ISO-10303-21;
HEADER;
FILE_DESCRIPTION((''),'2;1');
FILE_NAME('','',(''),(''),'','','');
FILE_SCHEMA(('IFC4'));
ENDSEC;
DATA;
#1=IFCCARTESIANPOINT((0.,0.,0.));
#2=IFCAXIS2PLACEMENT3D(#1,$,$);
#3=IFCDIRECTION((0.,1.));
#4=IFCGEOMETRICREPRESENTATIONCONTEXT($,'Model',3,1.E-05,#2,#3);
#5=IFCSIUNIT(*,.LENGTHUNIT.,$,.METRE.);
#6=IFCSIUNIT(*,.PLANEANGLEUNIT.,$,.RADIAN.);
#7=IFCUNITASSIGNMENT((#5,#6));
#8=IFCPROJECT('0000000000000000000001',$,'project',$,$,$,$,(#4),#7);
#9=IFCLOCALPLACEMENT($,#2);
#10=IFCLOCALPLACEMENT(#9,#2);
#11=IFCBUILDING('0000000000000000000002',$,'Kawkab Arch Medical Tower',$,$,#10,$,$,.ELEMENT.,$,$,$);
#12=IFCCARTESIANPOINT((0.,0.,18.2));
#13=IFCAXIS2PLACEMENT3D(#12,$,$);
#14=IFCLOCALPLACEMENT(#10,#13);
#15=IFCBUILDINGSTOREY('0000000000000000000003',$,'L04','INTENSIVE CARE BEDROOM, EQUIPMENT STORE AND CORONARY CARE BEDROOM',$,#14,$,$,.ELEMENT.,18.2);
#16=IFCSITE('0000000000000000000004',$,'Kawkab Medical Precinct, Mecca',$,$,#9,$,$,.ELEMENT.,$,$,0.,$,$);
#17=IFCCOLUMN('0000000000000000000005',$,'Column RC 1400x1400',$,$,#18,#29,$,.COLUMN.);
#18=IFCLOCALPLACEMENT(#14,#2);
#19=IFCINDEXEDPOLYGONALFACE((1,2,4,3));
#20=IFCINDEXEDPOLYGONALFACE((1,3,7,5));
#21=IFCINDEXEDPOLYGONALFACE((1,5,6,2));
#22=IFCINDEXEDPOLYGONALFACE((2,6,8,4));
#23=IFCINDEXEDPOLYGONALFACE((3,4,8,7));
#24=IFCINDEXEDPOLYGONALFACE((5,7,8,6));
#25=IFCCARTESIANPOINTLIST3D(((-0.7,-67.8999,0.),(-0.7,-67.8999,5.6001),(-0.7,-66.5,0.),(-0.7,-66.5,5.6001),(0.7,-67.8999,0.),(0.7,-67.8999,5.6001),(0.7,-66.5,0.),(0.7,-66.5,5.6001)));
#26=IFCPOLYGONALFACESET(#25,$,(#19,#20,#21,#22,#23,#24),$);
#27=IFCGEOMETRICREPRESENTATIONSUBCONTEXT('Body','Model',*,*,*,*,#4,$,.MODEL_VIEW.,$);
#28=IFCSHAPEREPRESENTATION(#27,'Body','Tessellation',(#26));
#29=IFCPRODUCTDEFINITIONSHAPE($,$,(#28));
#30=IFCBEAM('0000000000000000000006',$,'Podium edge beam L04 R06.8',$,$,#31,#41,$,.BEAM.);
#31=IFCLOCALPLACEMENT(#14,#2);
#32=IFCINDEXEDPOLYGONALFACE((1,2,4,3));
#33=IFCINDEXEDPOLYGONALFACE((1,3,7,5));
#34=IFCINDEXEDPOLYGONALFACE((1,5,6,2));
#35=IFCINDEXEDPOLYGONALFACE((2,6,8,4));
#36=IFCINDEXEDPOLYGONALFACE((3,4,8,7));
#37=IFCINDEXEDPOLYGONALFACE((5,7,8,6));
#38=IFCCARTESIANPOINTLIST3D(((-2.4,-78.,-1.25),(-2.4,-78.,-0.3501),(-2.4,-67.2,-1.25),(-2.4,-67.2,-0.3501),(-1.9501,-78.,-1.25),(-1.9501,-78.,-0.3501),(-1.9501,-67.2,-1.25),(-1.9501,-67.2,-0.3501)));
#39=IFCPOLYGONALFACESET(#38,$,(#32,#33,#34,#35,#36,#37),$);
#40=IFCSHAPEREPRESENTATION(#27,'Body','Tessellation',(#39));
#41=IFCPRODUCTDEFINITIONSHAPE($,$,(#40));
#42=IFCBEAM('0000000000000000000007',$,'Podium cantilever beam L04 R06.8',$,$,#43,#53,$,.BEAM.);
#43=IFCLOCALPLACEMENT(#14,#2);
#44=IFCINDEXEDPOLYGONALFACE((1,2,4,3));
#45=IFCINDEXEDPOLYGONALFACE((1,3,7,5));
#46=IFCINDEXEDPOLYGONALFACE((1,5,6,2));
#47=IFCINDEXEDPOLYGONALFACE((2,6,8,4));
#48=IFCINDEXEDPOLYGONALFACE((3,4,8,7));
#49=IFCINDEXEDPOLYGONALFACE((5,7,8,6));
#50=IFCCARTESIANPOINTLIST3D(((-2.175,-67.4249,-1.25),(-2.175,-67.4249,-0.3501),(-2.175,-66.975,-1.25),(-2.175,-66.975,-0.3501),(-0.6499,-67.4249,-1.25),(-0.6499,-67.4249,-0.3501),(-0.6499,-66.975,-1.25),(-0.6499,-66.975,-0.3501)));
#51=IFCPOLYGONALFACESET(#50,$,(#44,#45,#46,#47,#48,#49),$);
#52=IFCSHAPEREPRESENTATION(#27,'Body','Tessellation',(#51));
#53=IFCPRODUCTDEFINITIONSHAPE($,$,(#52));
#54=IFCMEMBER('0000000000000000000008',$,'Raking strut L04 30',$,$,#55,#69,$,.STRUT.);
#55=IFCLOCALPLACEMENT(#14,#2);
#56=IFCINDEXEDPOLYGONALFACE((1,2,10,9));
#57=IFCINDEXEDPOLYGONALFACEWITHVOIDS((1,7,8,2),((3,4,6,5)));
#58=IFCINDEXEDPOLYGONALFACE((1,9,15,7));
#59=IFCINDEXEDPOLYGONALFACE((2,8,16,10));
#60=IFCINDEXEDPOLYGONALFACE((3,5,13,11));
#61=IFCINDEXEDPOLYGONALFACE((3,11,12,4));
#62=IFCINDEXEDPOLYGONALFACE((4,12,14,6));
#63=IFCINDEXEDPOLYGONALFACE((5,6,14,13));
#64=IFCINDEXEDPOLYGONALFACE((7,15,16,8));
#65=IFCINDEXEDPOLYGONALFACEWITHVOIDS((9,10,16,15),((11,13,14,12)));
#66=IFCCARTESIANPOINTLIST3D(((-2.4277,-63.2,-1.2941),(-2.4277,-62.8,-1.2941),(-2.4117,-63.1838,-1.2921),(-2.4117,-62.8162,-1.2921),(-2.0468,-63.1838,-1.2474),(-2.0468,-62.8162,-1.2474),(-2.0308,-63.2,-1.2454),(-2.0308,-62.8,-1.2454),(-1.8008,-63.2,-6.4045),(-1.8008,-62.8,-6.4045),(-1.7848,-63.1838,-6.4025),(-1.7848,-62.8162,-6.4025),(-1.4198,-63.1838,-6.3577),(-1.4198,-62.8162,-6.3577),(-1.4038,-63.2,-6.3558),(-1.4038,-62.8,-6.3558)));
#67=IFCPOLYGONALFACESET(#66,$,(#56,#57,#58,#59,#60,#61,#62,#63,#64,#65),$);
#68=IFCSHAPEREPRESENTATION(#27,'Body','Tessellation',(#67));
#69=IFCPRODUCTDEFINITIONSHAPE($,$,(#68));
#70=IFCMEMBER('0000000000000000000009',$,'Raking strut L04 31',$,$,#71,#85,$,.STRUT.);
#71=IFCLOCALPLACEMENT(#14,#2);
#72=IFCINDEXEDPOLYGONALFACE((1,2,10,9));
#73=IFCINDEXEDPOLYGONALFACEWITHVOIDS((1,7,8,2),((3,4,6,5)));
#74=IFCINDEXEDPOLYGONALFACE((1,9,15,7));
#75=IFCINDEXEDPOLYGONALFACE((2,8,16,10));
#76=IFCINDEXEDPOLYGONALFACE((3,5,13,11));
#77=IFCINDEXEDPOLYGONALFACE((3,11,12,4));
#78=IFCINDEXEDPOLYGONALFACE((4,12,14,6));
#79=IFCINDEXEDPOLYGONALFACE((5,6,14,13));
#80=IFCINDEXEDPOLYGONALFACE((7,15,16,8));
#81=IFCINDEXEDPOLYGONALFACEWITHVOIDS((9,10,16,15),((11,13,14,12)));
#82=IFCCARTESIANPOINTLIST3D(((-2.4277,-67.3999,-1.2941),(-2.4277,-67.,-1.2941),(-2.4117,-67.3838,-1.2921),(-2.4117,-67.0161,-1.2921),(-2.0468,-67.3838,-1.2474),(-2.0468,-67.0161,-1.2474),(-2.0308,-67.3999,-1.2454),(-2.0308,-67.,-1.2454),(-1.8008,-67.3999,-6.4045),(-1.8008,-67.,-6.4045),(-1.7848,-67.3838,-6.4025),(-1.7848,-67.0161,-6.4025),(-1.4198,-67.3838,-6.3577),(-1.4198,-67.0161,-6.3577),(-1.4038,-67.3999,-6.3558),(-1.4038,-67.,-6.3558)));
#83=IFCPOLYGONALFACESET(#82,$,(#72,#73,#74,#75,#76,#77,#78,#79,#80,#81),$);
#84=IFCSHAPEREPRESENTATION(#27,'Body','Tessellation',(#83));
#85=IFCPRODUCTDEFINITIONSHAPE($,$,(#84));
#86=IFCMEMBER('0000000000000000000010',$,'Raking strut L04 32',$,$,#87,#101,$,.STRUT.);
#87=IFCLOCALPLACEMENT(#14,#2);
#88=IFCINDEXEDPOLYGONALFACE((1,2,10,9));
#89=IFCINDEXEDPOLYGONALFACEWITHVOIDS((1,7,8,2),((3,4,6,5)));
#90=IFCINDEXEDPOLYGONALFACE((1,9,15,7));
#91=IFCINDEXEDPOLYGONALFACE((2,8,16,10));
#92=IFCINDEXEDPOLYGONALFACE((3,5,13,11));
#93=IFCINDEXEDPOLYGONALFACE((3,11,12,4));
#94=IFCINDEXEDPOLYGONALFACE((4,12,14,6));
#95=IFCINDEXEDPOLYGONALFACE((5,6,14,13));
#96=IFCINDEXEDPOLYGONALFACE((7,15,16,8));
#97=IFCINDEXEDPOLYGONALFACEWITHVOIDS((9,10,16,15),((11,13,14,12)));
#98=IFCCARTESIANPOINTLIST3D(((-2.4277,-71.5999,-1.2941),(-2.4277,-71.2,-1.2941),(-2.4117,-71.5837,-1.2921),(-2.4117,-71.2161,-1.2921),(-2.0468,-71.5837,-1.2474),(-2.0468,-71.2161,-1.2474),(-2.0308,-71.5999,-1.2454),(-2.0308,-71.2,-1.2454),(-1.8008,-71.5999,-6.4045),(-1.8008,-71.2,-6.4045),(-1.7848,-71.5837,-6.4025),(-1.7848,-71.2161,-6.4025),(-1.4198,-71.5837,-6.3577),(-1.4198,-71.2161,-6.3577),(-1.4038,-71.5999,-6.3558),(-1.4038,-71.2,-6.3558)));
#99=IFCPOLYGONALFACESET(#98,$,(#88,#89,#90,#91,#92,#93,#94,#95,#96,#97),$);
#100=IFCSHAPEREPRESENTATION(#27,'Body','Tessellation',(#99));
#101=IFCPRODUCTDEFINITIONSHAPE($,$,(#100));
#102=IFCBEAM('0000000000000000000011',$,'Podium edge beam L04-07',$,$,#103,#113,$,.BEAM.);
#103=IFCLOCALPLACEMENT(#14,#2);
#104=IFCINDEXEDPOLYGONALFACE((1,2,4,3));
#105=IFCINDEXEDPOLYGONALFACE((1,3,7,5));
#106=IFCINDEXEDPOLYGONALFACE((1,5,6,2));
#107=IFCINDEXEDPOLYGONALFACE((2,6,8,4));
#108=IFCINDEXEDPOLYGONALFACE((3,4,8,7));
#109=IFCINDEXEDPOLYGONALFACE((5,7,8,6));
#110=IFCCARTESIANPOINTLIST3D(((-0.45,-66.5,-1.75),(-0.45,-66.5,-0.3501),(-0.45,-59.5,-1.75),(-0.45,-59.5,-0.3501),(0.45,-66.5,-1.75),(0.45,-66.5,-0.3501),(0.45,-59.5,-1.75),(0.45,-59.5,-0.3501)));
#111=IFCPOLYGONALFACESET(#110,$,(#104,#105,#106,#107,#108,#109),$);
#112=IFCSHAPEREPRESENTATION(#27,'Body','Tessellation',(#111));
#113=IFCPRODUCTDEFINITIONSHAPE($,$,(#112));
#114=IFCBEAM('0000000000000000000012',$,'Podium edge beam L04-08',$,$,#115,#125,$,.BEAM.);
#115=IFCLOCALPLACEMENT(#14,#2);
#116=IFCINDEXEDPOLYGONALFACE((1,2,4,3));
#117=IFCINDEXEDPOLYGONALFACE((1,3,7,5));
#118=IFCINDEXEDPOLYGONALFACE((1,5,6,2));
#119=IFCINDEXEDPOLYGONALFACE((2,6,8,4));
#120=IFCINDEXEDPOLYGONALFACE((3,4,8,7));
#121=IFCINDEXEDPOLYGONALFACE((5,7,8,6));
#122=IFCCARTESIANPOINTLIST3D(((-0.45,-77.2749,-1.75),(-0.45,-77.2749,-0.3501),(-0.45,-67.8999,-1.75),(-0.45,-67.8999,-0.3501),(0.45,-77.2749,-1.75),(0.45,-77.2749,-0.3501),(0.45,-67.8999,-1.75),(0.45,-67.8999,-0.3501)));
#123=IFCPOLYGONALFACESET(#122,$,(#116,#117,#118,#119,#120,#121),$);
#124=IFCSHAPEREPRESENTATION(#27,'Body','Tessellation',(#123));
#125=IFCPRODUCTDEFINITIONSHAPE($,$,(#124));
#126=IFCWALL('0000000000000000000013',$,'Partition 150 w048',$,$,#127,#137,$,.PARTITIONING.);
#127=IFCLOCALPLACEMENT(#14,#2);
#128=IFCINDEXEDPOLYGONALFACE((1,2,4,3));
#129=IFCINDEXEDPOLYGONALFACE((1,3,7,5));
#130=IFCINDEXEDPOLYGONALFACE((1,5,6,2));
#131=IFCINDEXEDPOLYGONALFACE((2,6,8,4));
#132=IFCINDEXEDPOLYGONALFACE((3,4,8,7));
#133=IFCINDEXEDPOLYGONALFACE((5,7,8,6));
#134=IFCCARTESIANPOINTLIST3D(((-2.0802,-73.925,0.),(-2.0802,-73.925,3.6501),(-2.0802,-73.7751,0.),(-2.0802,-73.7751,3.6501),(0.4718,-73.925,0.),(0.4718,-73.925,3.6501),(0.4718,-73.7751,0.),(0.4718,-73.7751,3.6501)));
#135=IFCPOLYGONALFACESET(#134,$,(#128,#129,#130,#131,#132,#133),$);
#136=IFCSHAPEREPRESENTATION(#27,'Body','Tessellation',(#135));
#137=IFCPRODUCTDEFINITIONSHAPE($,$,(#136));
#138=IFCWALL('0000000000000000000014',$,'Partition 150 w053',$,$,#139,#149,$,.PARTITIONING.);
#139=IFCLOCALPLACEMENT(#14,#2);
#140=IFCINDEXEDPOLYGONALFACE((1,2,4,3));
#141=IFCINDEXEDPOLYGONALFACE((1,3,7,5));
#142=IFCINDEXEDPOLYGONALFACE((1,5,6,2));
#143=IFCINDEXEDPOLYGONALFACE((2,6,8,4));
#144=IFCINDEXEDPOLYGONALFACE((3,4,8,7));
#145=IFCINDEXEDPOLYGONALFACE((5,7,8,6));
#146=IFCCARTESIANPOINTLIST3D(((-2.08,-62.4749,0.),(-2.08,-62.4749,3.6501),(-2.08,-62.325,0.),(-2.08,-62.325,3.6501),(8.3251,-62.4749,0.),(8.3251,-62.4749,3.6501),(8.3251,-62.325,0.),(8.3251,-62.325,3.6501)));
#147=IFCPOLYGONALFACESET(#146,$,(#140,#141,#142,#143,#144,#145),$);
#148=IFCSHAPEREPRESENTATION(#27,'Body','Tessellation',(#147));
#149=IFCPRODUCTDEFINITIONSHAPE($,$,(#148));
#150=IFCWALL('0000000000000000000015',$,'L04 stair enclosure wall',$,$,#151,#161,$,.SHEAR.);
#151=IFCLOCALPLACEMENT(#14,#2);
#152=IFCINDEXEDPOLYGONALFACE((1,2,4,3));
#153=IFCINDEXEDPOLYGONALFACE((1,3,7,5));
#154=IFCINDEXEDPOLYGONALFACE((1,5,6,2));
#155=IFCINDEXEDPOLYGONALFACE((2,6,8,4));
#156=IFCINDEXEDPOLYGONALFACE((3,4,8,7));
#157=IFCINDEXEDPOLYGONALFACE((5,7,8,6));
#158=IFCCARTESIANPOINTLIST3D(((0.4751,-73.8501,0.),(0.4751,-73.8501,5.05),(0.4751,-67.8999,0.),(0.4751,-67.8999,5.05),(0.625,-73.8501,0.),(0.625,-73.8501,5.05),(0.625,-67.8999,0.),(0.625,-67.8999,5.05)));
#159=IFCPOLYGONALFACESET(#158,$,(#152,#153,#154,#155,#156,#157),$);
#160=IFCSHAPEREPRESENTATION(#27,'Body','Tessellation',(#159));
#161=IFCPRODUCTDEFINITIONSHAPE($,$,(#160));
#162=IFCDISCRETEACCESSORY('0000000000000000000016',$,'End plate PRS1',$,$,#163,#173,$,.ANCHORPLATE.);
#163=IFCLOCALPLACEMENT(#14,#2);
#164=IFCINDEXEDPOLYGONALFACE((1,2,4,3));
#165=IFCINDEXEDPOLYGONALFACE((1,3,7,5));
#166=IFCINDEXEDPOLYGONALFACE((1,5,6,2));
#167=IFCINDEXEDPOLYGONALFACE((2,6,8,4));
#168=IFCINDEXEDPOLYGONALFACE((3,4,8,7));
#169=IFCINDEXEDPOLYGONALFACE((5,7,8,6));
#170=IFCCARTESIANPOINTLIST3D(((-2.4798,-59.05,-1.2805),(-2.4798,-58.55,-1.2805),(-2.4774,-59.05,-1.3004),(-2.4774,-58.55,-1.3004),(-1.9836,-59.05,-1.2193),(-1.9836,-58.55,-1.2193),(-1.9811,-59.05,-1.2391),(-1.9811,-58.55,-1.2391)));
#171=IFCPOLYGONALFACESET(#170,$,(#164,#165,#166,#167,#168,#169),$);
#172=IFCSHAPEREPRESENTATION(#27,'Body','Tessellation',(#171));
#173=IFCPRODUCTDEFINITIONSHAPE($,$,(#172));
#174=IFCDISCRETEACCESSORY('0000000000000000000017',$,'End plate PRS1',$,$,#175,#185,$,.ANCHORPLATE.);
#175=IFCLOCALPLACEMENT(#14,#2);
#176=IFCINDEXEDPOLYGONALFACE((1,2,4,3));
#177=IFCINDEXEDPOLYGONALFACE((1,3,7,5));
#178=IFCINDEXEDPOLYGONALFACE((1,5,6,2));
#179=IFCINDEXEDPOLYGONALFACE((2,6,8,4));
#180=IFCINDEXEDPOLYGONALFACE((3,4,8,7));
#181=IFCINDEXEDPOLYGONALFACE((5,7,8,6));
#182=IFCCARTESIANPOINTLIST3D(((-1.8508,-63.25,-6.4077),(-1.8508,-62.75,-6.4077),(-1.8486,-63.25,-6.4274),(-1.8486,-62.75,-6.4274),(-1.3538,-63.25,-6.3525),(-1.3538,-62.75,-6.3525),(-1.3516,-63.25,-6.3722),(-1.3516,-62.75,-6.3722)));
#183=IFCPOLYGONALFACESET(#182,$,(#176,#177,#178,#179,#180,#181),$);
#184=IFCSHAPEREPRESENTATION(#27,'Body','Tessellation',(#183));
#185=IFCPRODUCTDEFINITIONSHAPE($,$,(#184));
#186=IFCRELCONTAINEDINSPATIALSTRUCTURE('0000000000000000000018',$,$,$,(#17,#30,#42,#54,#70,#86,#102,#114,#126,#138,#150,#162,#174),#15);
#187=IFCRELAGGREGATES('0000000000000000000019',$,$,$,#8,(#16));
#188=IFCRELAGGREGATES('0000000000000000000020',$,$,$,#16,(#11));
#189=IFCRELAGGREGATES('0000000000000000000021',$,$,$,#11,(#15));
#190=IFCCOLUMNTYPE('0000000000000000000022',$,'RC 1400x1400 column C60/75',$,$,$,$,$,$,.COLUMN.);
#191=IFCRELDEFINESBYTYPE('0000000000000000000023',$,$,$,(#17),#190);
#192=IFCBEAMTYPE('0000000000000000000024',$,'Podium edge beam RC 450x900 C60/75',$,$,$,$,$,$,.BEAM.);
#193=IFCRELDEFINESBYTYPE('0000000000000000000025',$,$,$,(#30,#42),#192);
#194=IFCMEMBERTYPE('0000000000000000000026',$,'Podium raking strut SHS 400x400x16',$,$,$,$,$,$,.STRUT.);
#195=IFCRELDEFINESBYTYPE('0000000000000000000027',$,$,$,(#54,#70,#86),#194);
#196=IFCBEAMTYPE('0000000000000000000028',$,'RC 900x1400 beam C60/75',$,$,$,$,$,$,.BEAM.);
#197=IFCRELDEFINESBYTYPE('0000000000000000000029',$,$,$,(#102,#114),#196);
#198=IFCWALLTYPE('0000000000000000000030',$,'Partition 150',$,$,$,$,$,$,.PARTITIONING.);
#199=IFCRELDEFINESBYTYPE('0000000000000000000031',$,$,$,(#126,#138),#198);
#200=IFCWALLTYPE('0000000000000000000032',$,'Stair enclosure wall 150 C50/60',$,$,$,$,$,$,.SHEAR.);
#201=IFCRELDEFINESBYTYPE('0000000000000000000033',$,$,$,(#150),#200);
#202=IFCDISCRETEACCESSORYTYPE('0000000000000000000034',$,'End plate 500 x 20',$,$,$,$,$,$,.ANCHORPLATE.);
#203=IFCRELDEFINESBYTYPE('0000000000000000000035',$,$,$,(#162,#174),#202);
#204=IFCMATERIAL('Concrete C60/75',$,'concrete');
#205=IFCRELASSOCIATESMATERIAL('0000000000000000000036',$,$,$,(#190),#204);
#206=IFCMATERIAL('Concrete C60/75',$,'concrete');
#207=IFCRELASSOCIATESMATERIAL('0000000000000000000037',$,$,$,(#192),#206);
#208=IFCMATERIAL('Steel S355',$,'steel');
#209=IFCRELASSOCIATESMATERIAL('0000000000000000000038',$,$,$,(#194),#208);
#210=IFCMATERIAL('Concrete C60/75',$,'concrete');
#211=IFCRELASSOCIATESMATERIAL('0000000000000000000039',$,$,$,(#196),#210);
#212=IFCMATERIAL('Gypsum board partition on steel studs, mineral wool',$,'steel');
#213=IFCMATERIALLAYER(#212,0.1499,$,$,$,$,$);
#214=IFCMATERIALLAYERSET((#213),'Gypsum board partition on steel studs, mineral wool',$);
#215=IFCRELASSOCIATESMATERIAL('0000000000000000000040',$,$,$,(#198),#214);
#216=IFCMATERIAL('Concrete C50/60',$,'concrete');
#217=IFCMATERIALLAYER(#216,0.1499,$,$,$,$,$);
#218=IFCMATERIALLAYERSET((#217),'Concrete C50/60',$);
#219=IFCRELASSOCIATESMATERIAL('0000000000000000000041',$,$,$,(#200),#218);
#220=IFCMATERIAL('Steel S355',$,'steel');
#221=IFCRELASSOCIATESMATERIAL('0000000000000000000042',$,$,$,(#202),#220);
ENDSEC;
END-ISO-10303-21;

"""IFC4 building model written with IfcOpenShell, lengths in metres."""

from ifc_helpers import new_model, si_unit, direction, frame, frame_2d, origin, origin_2d, place, context, subcontext, project, spatial, rectangle, hollow_rectangle, extrude, material, layer, layer_set, material_profile, profile_set, type_object, element, save


model = new_model("IFC4")

# Units and contexts
model_context = context("Model", 3, precision=1e-05, world=origin(), true_north=direction((0.0, 1.0)))
body_context = subcontext(model_context, "Body", "Model", "MODEL_VIEW")
ifc_project = project(units=[si_unit("LENGTHUNIT", "METRE"), si_unit("PLANEANGLEUNIT", "RADIAN")], contexts=[model_context])

# Site, building, storey
site_placement = place(None, origin())
site = spatial("IfcSite", under=ifc_project, at=site_placement, Name="Kawkab Medical Precinct, Mecca", CompositionType="ELEMENT", RefElevation=0.0)
building_placement = place(site_placement, origin())
building = spatial("IfcBuilding", under=site, at=building_placement, Name="Kawkab Arch Medical Tower", CompositionType="ELEMENT")
storey_placement = place(building_placement, frame((0.0, 0.0, 18.2)))
storey = spatial("IfcBuildingStorey", under=building, at=storey_placement, Name="L04", Description="INTENSIVE CARE BEDROOM, EQUIPMENT STORE AND CORONARY CARE BEDROOM", CompositionType="ELEMENT", Elevation=18.2)

# Column
ifc_material_1 = material(Name="Concrete C60/75", Category="concrete")
ifc_material_profile_1 = material_profile(ifc_material_1, rectangle(XDim=1.3999, YDim=1.3999, at=origin_2d()), Name="RC 1400x1400")
ifc_profile_set_1 = profile_set([ifc_material_profile_1], Name="Concrete C60/75")
column_type = type_object("IfcColumnType", Name="RC 1400x1400 column C60/75", PredefinedType="COLUMN", material=ifc_profile_set_1)
column_placement = place(storey_placement, frame((0.0, -67.2, 0.0), z_axis=(0.0, 0.0, 1.0), x_axis=(1.0, 0.0, 0.0)))
element("IfcColumn", 1, at=column_placement, inside=storey, type_object=column_type, Name="Column RC 1400x1400", PredefinedType="COLUMN", context=body_context, shape_type="SweptSolid", body=[
    extrude(rectangle(XDim=1.3999, YDim=1.3999, at=origin_2d()), origin(), (0.0, 0.0, 1.0), 5.6001),
])

# Beams
ifc_material_2 = material(Name="Concrete C60/75", Category="concrete")
ifc_material_profile_2 = material_profile(ifc_material_2, rectangle(XDim=0.45, YDim=0.8999, at=origin_2d()), Name="RC 450x900")
ifc_profile_set_2 = profile_set([ifc_material_profile_2], Name="Concrete C60/75")
beam_type_1 = type_object("IfcBeamType", Name="Podium edge beam RC 450x900 C60/75", PredefinedType="BEAM", material=ifc_profile_set_2)
beam_1_placement = place(storey_placement, frame((-2.175, -67.2, -0.8), z_axis=(0.0, -1.0, 0.0), x_axis=(1.0, 0.0, 0.0)))
element("IfcBeam", 2, at=beam_1_placement, inside=storey, type_object=beam_type_1, Name="Podium edge beam L04 R06.8", PredefinedType="BEAM", context=body_context, shape_type="SweptSolid", body=[
    extrude(rectangle(XDim=0.45, YDim=0.8999, at=origin_2d()), origin(), (0.0, 0.0, 1.0), 10.8),
])
beam_2_placement = place(storey_placement, frame((-0.6499, -67.2, -0.8), z_axis=(-1.0, 0.0, 0.0), x_axis=(0.0, -1.0, 0.0)))
element("IfcBeam", 3, at=beam_2_placement, inside=storey, type_object=beam_type_1, Name="Podium cantilever beam L04 R06.8", PredefinedType="BEAM", context=body_context, shape_type="SweptSolid", body=[
    extrude(rectangle(XDim=0.45, YDim=0.8999, at=origin_2d()), origin(), (0.0, 0.0, 1.0), 1.5251),
])

# Members
ifc_material_3 = material(Name="Steel S355", Category="steel")
ifc_material_profile_3 = material_profile(ifc_material_3, hollow_rectangle(XDim=0.3999, YDim=0.3999, WallThickness=0.0161, at=origin_2d()), Name="SHS 400x400x16")
ifc_profile_set_3 = profile_set([ifc_material_profile_3], Name="Steel S355")
member_type = type_object("IfcMemberType", Name="Podium raking strut SHS 400x400x16", PredefinedType="STRUT", material=ifc_profile_set_3)
for number, where, z_axis, x_axis, name in (
    (4, (-1.6023, -63.0, -6.3801), (-0.12177, 0.0, 0.992558), (0.0, -1.0, 0.0), "Raking strut L04 30"),
    (5, (-1.6023, -67.2, -6.3801), (-0.12177, 0.0, 0.992558), (0.0, -1.0, 0.0), "Raking strut L04 31"),
    (6, (-1.6023, -71.3999, -6.3801), (-0.12177, 0.0, 0.992558), (0.0, -1.0, 0.0), "Raking strut L04 32"),
):
    element("IfcMember", number, at=place(storey_placement, frame(where, z_axis=z_axis, x_axis=x_axis)), inside=storey, type_object=member_type, Name=name, PredefinedType="STRUT", context=body_context, shape_type="SweptSolid", body=[
        extrude(hollow_rectangle(XDim=0.3999, YDim=0.3999, WallThickness=0.0161, at=origin_2d()), origin(), (0.0, 0.0, 1.0), 5.1487),
    ])

# Beams
ifc_material_4 = material(Name="Concrete C60/75", Category="concrete")
ifc_material_profile_4 = material_profile(ifc_material_4, rectangle(XDim=0.8999, YDim=1.3999, at=origin_2d()), Name="RC 900x1400")
ifc_profile_set_4 = profile_set([ifc_material_profile_4], Name="Concrete C60/75")
beam_type_2 = type_object("IfcBeamType", Name="RC 900x1400 beam C60/75", PredefinedType="BEAM", material=ifc_profile_set_4)
beam_3_placement = place(storey_placement, frame((0.0, -59.5, -1.05), z_axis=(0.0, -1.0, 0.0), x_axis=(1.0, 0.0, 0.0)))
element("IfcBeam", 7, at=beam_3_placement, inside=storey, type_object=beam_type_2, Name="Podium edge beam L04-07", PredefinedType="BEAM", context=body_context, shape_type="SweptSolid", body=[
    extrude(rectangle(XDim=0.8999, YDim=1.3999, at=origin_2d()), origin(), (0.0, 0.0, 1.0), 7.0),
])
beam_4_placement = place(storey_placement, frame((0.0, -67.8999, -1.05), z_axis=(0.0, -1.0, 0.0), x_axis=(1.0, 0.0, 0.0)))
element("IfcBeam", 8, at=beam_4_placement, inside=storey, type_object=beam_type_2, Name="Podium edge beam L04-08", PredefinedType="BEAM", context=body_context, shape_type="SweptSolid", body=[
    extrude(rectangle(XDim=0.8999, YDim=1.3999, at=origin_2d()), origin(), (0.0, 0.0, 1.0), 9.375),
])

# Walls
ifc_material_5 = material(Name="Gypsum board partition on steel studs, mineral wool", Category="steel")
ifc_layer_1 = layer(ifc_material_5, 0.1499)
ifc_layer_set_1 = layer_set([ifc_layer_1], Name="Gypsum board partition on steel studs, mineral wool")
wall_type_1 = type_object("IfcWallType", Name="Partition 150", PredefinedType="PARTITIONING", material=ifc_layer_set_1)
wall_1_placement = place(storey_placement, frame((-2.0801, -73.8501, 0.0), z_axis=(0.0, 0.0, 1.0), x_axis=(1.0, 0.0, 0.0)))
element("IfcWall", 9, at=wall_1_placement, inside=storey, type_object=wall_type_1, Name="Partition 150 w048", PredefinedType="PARTITIONING", context=body_context, shape_type="SweptSolid", body=[
    extrude(rectangle(XDim=2.552, YDim=0.1499, at=frame_2d((1.2759, 0.0))), origin(), (0.0, 0.0, 1.0), 3.6501),
])
wall_2_placement = place(storey_placement, frame((-2.0801, -62.3999, 0.0), z_axis=(0.0, 0.0, 1.0), x_axis=(1.0, 0.0, 0.0)))
element("IfcWall", 10, at=wall_2_placement, inside=storey, type_object=wall_type_1, Name="Partition 150 w053", PredefinedType="PARTITIONING", context=body_context, shape_type="SweptSolid", body=[
    extrude(rectangle(XDim=10.405, YDim=0.1499, at=frame_2d((5.2026, 0.0))), origin(), (0.0, 0.0, 1.0), 3.6501),
])
ifc_material_6 = material(Name="Concrete C50/60", Category="concrete")
ifc_layer_2 = layer(ifc_material_6, 0.1499)
ifc_layer_set_2 = layer_set([ifc_layer_2], Name="Concrete C50/60")
wall_type_2 = type_object("IfcWallType", Name="Stair enclosure wall 150 C50/60", PredefinedType="SHEAR", material=ifc_layer_set_2)
wall_3_placement = place(storey_placement, frame((0.55, -73.8501, 0.0), z_axis=(0.0, 0.0, 1.0), x_axis=(0.0, 1.0, 0.0)))
element("IfcWall", 11, at=wall_3_placement, inside=storey, type_object=wall_type_2, Name="L04 stair enclosure wall", PredefinedType="SHEAR", context=body_context, shape_type="SweptSolid", body=[
    extrude(rectangle(XDim=5.9502, YDim=0.1499, at=frame_2d((2.9751, 0.0))), origin(), (0.0, 0.0, 1.0), 5.05),
])

# Discrete accessories
ifc_material_7 = material(Name="Steel S355", Category="steel")
ifc_material_profile_5 = material_profile(ifc_material_7, rectangle(XDim=0.5, YDim=0.5, at=origin_2d()), Name="End plate 500 x 20")
ifc_profile_set_5 = profile_set([ifc_material_profile_5], Name="Steel S355")
discrete_accessory_type = type_object("IfcDiscreteAccessoryType", Name="End plate 500 x 20", PredefinedType="ANCHORPLATE", material=ifc_profile_set_5)
discrete_accessory_1_placement = place(storey_placement, frame((-2.2292, -58.8, -1.2698), z_axis=(-0.122527, 0.0, 0.992465), x_axis=(0.0, -1.0, 0.0)))
element("IfcDiscreteAccessory", 12, at=discrete_accessory_1_placement, inside=storey, type_object=discrete_accessory_type, Name="End plate PRS1", PredefinedType="ANCHORPLATE", context=body_context, shape_type="SweptSolid", body=[
    extrude(rectangle(XDim=0.5, YDim=0.5, at=origin_2d()), origin(), (0.0, 0.0, 1.0), 0.02),
])
discrete_accessory_2_placement = place(storey_placement, frame((-1.6023, -63.0, -6.3801), z_axis=(0.110432, 0.0, -0.993884), x_axis=(0.0, 1.0, 0.0)))
element("IfcDiscreteAccessory", 13, at=discrete_accessory_2_placement, inside=storey, type_object=discrete_accessory_type, Name="End plate PRS1", PredefinedType="ANCHORPLATE", context=body_context, shape_type="SweptSolid", body=[
    extrude(rectangle(XDim=0.5, YDim=0.5, at=origin_2d()), origin(), (0.0, 0.0, 1.0), 0.0198),
])

save(model, "model.ifc")
